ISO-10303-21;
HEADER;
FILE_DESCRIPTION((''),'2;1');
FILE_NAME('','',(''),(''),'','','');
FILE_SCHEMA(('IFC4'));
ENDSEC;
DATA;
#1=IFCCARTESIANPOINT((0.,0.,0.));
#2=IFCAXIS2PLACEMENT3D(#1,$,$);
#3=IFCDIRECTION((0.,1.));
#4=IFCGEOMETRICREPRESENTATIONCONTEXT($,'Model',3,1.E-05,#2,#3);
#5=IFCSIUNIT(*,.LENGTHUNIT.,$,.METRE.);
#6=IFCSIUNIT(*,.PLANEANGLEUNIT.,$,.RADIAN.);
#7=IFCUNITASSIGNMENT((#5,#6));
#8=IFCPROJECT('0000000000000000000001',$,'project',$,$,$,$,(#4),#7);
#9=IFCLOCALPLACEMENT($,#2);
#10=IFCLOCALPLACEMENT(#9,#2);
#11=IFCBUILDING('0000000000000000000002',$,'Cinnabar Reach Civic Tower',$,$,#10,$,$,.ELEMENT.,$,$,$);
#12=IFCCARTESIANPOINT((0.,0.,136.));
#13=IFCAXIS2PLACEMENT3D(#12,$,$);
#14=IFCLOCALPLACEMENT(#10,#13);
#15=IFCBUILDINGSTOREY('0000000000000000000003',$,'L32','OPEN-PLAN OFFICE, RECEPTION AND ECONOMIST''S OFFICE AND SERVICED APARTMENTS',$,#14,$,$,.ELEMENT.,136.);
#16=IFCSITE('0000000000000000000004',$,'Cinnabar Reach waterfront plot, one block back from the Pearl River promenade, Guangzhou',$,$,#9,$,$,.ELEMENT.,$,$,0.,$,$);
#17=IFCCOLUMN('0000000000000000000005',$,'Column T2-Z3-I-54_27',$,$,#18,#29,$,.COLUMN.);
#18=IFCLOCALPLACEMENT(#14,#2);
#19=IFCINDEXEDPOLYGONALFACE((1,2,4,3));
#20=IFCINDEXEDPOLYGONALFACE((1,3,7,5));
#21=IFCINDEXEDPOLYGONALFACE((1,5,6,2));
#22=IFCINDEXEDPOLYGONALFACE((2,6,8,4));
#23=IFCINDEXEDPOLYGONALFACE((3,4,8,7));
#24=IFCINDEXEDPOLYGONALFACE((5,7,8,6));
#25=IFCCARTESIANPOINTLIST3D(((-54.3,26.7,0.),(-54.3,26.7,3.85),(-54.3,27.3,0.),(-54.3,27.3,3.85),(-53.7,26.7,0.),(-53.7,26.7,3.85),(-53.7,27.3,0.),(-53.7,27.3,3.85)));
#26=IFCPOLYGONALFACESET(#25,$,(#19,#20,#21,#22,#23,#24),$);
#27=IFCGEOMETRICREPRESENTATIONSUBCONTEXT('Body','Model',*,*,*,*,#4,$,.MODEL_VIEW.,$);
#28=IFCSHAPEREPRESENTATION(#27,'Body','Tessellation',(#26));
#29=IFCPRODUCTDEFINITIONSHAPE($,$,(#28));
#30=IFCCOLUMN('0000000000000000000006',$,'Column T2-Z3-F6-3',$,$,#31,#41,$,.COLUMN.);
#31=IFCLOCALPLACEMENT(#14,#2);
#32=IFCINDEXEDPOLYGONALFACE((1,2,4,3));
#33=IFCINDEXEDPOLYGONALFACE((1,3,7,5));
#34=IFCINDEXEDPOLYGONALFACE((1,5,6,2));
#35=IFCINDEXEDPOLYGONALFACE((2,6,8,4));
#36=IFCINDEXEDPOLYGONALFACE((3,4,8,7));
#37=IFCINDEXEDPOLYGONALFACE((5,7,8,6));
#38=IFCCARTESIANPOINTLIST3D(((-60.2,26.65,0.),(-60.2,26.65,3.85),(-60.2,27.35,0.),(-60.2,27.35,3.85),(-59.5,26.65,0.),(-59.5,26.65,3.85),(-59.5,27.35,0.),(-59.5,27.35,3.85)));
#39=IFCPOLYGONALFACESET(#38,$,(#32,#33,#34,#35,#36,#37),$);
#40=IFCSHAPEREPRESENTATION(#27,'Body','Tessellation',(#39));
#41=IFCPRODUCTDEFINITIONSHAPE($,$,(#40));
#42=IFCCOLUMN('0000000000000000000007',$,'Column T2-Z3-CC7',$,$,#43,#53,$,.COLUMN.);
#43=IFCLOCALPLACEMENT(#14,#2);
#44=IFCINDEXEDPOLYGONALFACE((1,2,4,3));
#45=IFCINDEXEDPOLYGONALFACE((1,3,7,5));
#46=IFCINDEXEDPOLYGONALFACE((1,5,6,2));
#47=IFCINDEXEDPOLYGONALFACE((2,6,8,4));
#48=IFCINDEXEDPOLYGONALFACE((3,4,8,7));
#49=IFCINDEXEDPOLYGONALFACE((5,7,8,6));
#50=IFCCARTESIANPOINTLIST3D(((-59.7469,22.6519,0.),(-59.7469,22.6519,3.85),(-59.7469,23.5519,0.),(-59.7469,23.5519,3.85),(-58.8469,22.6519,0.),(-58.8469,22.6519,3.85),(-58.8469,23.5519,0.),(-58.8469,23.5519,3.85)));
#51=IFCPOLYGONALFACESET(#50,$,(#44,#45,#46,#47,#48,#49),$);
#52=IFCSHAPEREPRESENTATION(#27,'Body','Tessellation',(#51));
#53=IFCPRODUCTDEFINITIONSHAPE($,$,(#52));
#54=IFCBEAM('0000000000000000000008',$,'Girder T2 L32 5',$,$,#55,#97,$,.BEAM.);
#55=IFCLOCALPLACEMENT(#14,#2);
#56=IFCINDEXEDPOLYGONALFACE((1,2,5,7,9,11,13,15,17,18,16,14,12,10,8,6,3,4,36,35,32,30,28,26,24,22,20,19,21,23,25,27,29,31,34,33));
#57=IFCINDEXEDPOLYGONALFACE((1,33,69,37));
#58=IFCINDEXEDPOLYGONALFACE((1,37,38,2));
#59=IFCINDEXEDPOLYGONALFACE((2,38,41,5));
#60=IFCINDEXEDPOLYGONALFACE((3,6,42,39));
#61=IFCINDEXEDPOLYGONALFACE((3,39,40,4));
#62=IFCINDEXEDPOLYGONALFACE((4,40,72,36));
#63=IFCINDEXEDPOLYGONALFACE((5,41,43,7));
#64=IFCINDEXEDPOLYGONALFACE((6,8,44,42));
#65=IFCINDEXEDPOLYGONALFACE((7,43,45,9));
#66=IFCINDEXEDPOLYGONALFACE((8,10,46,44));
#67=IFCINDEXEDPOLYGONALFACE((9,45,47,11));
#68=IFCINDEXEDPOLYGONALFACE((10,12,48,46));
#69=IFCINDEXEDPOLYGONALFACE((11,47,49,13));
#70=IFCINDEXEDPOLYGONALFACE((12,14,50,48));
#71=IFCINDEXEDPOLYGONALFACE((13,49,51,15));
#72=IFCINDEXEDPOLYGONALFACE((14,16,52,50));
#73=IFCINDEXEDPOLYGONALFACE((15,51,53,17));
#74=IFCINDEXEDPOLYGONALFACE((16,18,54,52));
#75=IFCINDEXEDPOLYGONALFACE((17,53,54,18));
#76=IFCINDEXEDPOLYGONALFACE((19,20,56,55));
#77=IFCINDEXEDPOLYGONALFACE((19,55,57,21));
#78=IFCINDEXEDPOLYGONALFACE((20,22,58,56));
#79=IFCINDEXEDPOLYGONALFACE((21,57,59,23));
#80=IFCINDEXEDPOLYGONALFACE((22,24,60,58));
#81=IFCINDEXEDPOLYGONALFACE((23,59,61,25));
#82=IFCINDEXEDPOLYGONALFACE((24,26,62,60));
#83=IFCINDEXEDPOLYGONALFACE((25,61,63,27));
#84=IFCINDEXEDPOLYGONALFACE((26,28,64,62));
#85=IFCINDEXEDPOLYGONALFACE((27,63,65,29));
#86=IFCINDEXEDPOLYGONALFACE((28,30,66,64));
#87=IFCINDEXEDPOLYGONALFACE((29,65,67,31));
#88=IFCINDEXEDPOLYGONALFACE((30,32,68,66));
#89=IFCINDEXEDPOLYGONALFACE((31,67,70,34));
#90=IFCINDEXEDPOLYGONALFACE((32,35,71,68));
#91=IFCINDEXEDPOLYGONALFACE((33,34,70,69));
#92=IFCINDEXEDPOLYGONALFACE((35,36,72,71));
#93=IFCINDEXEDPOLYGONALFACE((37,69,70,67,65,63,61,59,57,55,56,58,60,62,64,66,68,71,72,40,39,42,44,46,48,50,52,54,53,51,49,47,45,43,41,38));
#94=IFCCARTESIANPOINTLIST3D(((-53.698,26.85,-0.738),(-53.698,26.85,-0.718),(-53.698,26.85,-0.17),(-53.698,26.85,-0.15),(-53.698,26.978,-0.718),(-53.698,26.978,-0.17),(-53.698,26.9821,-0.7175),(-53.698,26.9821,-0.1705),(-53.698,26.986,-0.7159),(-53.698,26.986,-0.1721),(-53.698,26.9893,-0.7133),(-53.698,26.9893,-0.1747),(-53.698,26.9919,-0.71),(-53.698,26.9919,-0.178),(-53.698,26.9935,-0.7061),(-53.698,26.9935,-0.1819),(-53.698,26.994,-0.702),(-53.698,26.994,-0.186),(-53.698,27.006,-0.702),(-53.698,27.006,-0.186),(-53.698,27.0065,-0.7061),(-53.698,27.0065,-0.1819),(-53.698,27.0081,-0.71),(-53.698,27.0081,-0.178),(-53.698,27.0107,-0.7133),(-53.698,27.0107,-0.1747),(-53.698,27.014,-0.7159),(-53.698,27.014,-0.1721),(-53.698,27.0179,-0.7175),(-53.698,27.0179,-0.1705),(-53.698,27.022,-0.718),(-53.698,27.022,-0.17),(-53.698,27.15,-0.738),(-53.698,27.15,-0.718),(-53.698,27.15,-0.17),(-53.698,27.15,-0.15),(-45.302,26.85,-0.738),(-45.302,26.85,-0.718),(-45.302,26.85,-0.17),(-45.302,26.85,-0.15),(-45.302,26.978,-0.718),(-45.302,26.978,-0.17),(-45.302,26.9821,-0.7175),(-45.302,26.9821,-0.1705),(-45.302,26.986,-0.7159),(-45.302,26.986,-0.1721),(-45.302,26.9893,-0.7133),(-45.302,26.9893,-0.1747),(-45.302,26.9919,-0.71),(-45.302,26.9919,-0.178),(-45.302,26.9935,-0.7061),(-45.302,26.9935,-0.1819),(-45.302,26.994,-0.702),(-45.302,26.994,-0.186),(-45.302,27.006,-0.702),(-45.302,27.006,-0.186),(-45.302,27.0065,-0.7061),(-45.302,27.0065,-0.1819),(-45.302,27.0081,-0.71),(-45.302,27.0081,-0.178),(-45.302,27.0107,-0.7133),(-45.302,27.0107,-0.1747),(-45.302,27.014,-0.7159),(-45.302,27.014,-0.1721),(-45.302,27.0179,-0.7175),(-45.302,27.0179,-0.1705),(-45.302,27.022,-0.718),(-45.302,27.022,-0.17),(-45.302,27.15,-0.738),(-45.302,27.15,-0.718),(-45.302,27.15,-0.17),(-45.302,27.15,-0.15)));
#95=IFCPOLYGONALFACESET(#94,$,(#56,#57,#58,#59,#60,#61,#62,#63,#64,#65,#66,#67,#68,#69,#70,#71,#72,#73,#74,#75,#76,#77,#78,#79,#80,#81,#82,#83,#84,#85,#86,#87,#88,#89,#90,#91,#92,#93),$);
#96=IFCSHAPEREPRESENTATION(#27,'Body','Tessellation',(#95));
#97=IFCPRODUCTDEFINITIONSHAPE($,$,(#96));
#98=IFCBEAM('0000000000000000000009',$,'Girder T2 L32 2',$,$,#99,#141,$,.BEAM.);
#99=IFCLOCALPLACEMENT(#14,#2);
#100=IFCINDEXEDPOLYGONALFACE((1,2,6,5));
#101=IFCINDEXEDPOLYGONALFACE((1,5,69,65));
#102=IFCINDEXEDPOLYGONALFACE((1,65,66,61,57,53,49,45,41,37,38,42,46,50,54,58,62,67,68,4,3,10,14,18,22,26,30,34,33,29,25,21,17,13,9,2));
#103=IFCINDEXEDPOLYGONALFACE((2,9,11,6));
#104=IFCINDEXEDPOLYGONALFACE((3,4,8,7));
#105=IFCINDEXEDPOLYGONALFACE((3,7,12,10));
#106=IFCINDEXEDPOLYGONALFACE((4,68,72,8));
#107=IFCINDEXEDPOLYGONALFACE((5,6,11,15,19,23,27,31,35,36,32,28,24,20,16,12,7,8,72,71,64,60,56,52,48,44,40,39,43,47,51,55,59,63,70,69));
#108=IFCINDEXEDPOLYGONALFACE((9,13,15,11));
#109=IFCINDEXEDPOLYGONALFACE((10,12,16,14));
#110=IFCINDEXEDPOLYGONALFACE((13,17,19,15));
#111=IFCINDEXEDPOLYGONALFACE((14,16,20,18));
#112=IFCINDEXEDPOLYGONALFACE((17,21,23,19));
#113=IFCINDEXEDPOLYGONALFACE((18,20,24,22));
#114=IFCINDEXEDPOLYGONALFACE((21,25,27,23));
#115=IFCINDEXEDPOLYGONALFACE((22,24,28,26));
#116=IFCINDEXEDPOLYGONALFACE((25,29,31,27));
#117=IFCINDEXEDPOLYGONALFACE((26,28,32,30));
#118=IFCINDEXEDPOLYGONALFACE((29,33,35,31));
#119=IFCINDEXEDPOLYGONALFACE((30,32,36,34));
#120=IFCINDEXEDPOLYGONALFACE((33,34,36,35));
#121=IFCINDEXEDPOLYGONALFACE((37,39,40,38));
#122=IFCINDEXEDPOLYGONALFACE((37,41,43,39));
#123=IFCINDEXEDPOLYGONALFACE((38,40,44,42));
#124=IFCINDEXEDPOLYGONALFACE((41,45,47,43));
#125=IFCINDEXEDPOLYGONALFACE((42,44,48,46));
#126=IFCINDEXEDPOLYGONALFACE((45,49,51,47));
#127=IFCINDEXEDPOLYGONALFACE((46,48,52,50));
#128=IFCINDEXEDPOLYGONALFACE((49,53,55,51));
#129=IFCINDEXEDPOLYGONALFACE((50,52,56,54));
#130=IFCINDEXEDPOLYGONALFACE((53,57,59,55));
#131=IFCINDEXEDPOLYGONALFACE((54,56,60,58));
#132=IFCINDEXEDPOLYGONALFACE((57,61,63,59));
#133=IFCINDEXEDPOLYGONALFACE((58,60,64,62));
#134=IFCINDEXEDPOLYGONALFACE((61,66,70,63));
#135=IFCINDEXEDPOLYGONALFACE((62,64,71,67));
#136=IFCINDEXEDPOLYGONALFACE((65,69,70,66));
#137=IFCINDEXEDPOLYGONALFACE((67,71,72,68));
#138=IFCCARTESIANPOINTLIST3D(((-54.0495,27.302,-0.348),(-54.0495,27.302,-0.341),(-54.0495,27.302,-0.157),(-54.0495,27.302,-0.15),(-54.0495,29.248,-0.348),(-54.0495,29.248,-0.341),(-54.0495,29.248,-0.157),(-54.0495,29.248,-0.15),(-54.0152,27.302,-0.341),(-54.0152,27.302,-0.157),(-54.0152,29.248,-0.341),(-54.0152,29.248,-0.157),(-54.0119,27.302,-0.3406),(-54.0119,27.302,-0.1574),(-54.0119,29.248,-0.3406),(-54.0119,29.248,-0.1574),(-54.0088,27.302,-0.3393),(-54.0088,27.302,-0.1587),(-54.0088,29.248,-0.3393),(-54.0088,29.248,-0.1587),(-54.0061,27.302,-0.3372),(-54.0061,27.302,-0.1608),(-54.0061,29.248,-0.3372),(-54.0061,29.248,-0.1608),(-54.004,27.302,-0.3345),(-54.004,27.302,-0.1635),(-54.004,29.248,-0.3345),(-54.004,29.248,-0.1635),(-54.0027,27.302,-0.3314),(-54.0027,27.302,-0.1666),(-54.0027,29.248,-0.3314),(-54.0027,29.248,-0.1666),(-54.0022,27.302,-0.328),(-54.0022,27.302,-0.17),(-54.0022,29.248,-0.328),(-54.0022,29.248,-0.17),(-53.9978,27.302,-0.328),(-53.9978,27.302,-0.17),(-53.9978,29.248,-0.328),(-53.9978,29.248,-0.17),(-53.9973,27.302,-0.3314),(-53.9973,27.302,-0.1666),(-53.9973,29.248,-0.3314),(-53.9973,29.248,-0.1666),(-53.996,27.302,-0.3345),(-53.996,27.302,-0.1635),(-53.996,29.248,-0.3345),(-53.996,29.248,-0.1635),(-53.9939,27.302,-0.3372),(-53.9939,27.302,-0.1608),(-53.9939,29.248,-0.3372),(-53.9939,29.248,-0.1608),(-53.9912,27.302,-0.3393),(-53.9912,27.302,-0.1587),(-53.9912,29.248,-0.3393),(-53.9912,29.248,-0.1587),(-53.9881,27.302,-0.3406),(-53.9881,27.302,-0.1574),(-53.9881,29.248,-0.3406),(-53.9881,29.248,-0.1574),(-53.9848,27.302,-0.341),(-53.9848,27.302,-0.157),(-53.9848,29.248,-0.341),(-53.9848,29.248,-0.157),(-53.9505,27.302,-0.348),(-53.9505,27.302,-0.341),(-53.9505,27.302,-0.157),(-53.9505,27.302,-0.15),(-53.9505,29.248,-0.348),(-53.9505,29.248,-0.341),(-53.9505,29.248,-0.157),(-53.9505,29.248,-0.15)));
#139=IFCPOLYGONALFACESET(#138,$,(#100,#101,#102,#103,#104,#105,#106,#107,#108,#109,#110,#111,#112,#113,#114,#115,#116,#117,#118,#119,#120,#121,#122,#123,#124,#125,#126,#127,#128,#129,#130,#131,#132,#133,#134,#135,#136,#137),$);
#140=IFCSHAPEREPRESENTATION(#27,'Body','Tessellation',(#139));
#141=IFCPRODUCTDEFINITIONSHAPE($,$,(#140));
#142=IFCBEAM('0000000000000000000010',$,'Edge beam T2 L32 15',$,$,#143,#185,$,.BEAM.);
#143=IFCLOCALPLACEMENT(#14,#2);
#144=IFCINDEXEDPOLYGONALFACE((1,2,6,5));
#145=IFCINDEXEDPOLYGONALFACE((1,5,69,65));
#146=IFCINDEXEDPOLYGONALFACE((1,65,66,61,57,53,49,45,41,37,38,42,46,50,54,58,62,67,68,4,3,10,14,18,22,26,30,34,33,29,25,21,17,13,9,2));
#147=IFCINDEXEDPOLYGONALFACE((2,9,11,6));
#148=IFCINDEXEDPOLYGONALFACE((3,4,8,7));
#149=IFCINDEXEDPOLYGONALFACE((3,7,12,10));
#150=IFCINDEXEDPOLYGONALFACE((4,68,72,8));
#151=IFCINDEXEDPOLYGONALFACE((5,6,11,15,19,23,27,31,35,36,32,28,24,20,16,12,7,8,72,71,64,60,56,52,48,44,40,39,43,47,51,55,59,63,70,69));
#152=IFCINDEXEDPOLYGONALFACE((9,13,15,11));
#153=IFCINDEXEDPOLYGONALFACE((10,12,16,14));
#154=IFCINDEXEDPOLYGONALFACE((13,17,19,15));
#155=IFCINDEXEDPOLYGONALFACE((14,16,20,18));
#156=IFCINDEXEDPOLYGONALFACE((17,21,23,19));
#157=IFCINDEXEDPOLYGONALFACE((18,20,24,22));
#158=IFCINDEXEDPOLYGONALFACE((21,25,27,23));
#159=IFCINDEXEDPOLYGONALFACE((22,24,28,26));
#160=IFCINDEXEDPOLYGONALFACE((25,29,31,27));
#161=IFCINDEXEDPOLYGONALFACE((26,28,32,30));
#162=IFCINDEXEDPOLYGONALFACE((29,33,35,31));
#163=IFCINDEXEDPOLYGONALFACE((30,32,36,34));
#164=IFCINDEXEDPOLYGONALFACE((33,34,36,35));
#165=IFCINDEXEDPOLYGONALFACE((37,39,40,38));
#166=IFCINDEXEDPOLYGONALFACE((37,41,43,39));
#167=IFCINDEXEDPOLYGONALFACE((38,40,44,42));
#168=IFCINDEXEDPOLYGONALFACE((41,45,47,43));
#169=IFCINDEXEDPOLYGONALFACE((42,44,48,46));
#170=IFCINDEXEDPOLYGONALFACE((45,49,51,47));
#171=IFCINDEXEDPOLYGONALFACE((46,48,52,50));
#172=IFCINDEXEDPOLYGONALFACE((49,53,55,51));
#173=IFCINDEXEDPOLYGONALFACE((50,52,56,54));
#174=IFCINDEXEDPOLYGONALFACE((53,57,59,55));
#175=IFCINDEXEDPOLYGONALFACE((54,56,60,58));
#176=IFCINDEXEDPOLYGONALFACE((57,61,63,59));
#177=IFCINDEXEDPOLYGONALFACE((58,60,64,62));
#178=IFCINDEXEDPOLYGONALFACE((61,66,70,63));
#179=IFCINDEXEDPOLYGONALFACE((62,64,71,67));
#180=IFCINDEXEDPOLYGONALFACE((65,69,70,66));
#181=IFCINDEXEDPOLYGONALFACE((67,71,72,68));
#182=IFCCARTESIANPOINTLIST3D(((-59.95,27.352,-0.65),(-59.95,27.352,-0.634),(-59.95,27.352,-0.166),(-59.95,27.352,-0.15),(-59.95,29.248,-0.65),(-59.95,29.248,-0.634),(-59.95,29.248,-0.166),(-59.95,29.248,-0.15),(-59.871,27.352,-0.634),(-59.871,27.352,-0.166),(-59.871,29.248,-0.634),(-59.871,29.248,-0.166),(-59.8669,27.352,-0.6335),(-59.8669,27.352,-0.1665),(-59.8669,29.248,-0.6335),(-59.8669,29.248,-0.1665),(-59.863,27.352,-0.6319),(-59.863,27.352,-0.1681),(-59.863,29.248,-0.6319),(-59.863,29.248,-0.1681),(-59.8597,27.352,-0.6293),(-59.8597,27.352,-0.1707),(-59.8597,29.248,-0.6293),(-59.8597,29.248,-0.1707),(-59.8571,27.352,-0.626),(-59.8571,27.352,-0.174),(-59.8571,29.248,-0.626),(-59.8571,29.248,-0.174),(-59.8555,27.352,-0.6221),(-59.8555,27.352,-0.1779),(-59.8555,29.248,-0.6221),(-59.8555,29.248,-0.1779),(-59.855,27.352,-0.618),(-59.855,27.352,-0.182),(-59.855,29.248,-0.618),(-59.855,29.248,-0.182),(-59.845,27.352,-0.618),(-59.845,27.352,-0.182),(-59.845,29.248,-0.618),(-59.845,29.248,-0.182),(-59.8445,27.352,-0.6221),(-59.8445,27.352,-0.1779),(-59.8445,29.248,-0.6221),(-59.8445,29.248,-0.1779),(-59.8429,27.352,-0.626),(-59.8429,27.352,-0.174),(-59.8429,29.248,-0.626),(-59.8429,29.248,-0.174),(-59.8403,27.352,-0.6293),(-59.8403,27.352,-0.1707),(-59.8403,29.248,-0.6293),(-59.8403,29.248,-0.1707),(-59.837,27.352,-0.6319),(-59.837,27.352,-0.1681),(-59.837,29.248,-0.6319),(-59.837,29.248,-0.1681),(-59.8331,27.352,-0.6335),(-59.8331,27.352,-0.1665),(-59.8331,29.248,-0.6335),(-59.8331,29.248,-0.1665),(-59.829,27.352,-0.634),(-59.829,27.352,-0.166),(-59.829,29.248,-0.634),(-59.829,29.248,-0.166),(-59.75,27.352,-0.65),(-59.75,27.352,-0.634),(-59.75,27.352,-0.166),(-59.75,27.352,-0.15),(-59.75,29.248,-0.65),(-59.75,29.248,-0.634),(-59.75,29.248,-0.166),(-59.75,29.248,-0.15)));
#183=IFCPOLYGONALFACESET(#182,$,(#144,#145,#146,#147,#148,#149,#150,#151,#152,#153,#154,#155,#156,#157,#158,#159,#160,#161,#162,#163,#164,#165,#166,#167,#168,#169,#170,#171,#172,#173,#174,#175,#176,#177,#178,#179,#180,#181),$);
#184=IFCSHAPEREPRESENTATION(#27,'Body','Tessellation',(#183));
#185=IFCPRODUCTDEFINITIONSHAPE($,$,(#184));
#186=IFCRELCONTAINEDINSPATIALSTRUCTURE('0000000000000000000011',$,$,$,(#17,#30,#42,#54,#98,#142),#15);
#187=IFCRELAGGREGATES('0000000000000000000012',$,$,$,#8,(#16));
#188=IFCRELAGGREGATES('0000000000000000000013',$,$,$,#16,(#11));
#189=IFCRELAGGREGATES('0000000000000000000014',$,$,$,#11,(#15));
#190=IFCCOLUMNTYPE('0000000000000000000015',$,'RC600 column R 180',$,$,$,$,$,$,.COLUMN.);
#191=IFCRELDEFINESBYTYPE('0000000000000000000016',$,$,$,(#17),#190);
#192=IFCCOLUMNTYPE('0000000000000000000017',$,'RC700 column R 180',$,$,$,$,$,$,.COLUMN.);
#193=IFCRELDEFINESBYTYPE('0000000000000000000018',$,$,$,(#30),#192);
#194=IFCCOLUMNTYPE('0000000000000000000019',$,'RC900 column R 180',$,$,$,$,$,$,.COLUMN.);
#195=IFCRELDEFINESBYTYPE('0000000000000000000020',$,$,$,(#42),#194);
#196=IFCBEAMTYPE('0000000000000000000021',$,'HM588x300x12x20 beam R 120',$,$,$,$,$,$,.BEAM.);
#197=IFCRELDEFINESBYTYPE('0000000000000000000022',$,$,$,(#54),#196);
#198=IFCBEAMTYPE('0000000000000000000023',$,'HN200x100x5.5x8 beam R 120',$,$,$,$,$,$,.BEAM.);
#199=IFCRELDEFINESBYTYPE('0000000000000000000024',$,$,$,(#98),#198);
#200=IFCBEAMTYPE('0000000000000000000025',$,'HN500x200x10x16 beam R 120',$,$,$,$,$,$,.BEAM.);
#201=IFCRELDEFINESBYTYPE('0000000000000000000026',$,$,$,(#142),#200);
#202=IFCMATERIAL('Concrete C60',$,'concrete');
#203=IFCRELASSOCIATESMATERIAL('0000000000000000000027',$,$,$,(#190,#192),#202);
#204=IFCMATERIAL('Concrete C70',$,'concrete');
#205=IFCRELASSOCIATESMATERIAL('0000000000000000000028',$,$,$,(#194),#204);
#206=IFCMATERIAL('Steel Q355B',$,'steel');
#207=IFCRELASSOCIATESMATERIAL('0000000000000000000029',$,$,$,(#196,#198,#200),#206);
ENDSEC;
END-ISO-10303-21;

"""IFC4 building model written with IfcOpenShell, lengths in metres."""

from ifc_helpers import new_model, si_unit, direction, frame, origin, origin_2d, place, context, subcontext, project, spatial, rectangle, i_section, extrude, material, material_profile, profile_set, type_object, element, save


model = new_model("IFC4")

# Units and contexts
model_context = context("Model", 3, precision=1e-05, world=origin(), true_north=direction((0.0, 1.0)))
body_context = subcontext(model_context, "Body", "Model", "MODEL_VIEW")
ifc_project = project(units=[si_unit("LENGTHUNIT", "METRE"), si_unit("PLANEANGLEUNIT", "RADIAN")], contexts=[model_context])

# Site, building, storey
site_placement = place(None, origin())
site = spatial("IfcSite", under=ifc_project, at=site_placement, Name="Cinnabar Reach waterfront plot, one block back from the Pearl River promenade, Guangzhou", CompositionType="ELEMENT", RefElevation=0.0)
building_placement = place(site_placement, origin())
building = spatial("IfcBuilding", under=site, at=building_placement, Name="Cinnabar Reach Civic Tower", CompositionType="ELEMENT")
storey_placement = place(building_placement, frame((0.0, 0.0, 136.0)))
storey = spatial("IfcBuildingStorey", under=building, at=storey_placement, Name="L32", Description="OPEN-PLAN OFFICE, RECEPTION AND ECONOMIST'S OFFICE AND SERVICED APARTMENTS", CompositionType="ELEMENT", Elevation=136.0)

# Columns
ifc_material_1 = material(Name="Concrete C60", Category="concrete")
ifc_material_profile_1 = material_profile(ifc_material_1, rectangle(XDim=0.6, YDim=0.6, at=origin_2d()), Name="RC600")
ifc_profile_set_1 = profile_set([ifc_material_profile_1], Name="Concrete C60")
column_type_1 = type_object("IfcColumnType", Name="RC600 column R 180", PredefinedType="COLUMN", material=ifc_profile_set_1)
column_1_placement = place(storey_placement, frame((-54.0, 27.0, 0.0), z_axis=(0.0, 0.0, 1.0), x_axis=(1.0, 0.0, 0.0)))
element("IfcColumn", 1, at=column_1_placement, inside=storey, type_object=column_type_1, Name="Column T2-Z3-I-54_27", PredefinedType="COLUMN", context=body_context, shape_type="SweptSolid", body=[
    extrude(rectangle(XDim=0.6, YDim=0.6, at=origin_2d()), origin(), (0.0, 0.0, 1.0), 3.85),
])
ifc_material_profile_2 = material_profile(ifc_material_1, rectangle(XDim=0.7, YDim=0.7, at=origin_2d()), Name="RC700")
ifc_profile_set_2 = profile_set([ifc_material_profile_2], Name="Concrete C60")
column_type_2 = type_object("IfcColumnType", Name="RC700 column R 180", PredefinedType="COLUMN", material=ifc_profile_set_2)
column_2_placement = place(storey_placement, frame((-59.85, 27.0, 0.0), z_axis=(0.0, 0.0, 1.0), x_axis=(1.0, 0.0, 0.0)))
element("IfcColumn", 2, at=column_2_placement, inside=storey, type_object=column_type_2, Name="Column T2-Z3-F6-3", PredefinedType="COLUMN", context=body_context, shape_type="SweptSolid", body=[
    extrude(rectangle(XDim=0.7, YDim=0.7, at=origin_2d()), origin(), (0.0, 0.0, 1.0), 3.85),
])
ifc_material_2 = material(Name="Concrete C70", Category="concrete")
ifc_material_profile_3 = material_profile(ifc_material_2, rectangle(XDim=0.9, YDim=0.9, at=origin_2d()), Name="RC900")
ifc_profile_set_3 = profile_set([ifc_material_profile_3], Name="Concrete C70")
column_type_3 = type_object("IfcColumnType", Name="RC900 column R 180", PredefinedType="COLUMN", material=ifc_profile_set_3)
column_3_placement = place(storey_placement, frame((-59.2969, 23.1019, 0.0), z_axis=(0.0, 0.0, 1.0), x_axis=(1.0, 0.0, 0.0)))
element("IfcColumn", 3, at=column_3_placement, inside=storey, type_object=column_type_3, Name="Column T2-Z3-CC7", PredefinedType="COLUMN", context=body_context, shape_type="SweptSolid", body=[
    extrude(rectangle(XDim=0.9, YDim=0.9, at=origin_2d()), origin(), (0.0, 0.0, 1.0), 3.85),
])

# Beams
ifc_material_3 = material(Name="Steel Q355B", Category="steel")
ifc_material_profile_4 = material_profile(ifc_material_3, i_section(OverallWidth=0.3, OverallDepth=0.588, WebThickness=0.012, FlangeThickness=0.02, FilletRadius=0.016, at=origin_2d()), Name="HM588x300x12x20")
ifc_profile_set_4 = profile_set([ifc_material_profile_4], Name="Steel Q355B")
beam_type_1 = type_object("IfcBeamType", Name="HM588x300x12x20 beam R 120", PredefinedType="BEAM", material=ifc_profile_set_4)
beam_1_placement = place(storey_placement, frame((-53.698, 27.0, -0.444), z_axis=(1.0, 0.0, 0.0), x_axis=(0.0, 1.0, 0.0)))
element("IfcBeam", 4, at=beam_1_placement, inside=storey, type_object=beam_type_1, Name="Girder T2 L32 5", PredefinedType="BEAM", context=body_context, shape_type="SweptSolid", body=[
    extrude(i_section(OverallWidth=0.3, OverallDepth=0.588, WebThickness=0.012, FlangeThickness=0.02, FilletRadius=0.016, at=origin_2d()), origin(), (0.0, 0.0, 1.0), 8.396),
])
ifc_material_profile_5 = material_profile(ifc_material_3, i_section(OverallWidth=0.099, OverallDepth=0.198, WebThickness=0.0045, FlangeThickness=0.007, FilletRadius=0.013, at=origin_2d()), Name="HN200x100x5.5x8")
ifc_profile_set_5 = profile_set([ifc_material_profile_5], Name="Steel Q355B")
beam_type_2 = type_object("IfcBeamType", Name="HN200x100x5.5x8 beam R 120", PredefinedType="BEAM", material=ifc_profile_set_5)
beam_2_placement = place(storey_placement, frame((-54.0, 27.302, -0.249), z_axis=(0.0, 1.0, 0.0), x_axis=(-1.0, 0.0, 0.0)))
element("IfcBeam", 5, at=beam_2_placement, inside=storey, type_object=beam_type_2, Name="Girder T2 L32 2", PredefinedType="BEAM", context=body_context, shape_type="SweptSolid", body=[
    extrude(i_section(OverallWidth=0.099, OverallDepth=0.198, WebThickness=0.0045, FlangeThickness=0.007, FilletRadius=0.013, at=origin_2d()), origin(), (0.0, 0.0, 1.0), 1.946),
])
ifc_material_profile_6 = material_profile(ifc_material_3, i_section(OverallWidth=0.2, OverallDepth=0.5, WebThickness=0.01, FlangeThickness=0.016, FilletRadius=0.016, at=origin_2d()), Name="HN500x200x10x16")
ifc_profile_set_6 = profile_set([ifc_material_profile_6], Name="Steel Q355B")
beam_type_3 = type_object("IfcBeamType", Name="HN500x200x10x16 beam R 120", PredefinedType="BEAM", material=ifc_profile_set_6)
beam_3_placement = place(storey_placement, frame((-59.85, 29.248, -0.4), z_axis=(0.0, -1.0, 0.0), x_axis=(1.0, 0.0, 0.0)))
element("IfcBeam", 6, at=beam_3_placement, inside=storey, type_object=beam_type_3, Name="Edge beam T2 L32 15", PredefinedType="BEAM", context=body_context, shape_type="SweptSolid", body=[
    extrude(i_section(OverallWidth=0.2, OverallDepth=0.5, WebThickness=0.01, FlangeThickness=0.016, FilletRadius=0.016, at=origin_2d()), origin(), (0.0, 0.0, 1.0), 1.896),
])

save(model, "model.ifc")
